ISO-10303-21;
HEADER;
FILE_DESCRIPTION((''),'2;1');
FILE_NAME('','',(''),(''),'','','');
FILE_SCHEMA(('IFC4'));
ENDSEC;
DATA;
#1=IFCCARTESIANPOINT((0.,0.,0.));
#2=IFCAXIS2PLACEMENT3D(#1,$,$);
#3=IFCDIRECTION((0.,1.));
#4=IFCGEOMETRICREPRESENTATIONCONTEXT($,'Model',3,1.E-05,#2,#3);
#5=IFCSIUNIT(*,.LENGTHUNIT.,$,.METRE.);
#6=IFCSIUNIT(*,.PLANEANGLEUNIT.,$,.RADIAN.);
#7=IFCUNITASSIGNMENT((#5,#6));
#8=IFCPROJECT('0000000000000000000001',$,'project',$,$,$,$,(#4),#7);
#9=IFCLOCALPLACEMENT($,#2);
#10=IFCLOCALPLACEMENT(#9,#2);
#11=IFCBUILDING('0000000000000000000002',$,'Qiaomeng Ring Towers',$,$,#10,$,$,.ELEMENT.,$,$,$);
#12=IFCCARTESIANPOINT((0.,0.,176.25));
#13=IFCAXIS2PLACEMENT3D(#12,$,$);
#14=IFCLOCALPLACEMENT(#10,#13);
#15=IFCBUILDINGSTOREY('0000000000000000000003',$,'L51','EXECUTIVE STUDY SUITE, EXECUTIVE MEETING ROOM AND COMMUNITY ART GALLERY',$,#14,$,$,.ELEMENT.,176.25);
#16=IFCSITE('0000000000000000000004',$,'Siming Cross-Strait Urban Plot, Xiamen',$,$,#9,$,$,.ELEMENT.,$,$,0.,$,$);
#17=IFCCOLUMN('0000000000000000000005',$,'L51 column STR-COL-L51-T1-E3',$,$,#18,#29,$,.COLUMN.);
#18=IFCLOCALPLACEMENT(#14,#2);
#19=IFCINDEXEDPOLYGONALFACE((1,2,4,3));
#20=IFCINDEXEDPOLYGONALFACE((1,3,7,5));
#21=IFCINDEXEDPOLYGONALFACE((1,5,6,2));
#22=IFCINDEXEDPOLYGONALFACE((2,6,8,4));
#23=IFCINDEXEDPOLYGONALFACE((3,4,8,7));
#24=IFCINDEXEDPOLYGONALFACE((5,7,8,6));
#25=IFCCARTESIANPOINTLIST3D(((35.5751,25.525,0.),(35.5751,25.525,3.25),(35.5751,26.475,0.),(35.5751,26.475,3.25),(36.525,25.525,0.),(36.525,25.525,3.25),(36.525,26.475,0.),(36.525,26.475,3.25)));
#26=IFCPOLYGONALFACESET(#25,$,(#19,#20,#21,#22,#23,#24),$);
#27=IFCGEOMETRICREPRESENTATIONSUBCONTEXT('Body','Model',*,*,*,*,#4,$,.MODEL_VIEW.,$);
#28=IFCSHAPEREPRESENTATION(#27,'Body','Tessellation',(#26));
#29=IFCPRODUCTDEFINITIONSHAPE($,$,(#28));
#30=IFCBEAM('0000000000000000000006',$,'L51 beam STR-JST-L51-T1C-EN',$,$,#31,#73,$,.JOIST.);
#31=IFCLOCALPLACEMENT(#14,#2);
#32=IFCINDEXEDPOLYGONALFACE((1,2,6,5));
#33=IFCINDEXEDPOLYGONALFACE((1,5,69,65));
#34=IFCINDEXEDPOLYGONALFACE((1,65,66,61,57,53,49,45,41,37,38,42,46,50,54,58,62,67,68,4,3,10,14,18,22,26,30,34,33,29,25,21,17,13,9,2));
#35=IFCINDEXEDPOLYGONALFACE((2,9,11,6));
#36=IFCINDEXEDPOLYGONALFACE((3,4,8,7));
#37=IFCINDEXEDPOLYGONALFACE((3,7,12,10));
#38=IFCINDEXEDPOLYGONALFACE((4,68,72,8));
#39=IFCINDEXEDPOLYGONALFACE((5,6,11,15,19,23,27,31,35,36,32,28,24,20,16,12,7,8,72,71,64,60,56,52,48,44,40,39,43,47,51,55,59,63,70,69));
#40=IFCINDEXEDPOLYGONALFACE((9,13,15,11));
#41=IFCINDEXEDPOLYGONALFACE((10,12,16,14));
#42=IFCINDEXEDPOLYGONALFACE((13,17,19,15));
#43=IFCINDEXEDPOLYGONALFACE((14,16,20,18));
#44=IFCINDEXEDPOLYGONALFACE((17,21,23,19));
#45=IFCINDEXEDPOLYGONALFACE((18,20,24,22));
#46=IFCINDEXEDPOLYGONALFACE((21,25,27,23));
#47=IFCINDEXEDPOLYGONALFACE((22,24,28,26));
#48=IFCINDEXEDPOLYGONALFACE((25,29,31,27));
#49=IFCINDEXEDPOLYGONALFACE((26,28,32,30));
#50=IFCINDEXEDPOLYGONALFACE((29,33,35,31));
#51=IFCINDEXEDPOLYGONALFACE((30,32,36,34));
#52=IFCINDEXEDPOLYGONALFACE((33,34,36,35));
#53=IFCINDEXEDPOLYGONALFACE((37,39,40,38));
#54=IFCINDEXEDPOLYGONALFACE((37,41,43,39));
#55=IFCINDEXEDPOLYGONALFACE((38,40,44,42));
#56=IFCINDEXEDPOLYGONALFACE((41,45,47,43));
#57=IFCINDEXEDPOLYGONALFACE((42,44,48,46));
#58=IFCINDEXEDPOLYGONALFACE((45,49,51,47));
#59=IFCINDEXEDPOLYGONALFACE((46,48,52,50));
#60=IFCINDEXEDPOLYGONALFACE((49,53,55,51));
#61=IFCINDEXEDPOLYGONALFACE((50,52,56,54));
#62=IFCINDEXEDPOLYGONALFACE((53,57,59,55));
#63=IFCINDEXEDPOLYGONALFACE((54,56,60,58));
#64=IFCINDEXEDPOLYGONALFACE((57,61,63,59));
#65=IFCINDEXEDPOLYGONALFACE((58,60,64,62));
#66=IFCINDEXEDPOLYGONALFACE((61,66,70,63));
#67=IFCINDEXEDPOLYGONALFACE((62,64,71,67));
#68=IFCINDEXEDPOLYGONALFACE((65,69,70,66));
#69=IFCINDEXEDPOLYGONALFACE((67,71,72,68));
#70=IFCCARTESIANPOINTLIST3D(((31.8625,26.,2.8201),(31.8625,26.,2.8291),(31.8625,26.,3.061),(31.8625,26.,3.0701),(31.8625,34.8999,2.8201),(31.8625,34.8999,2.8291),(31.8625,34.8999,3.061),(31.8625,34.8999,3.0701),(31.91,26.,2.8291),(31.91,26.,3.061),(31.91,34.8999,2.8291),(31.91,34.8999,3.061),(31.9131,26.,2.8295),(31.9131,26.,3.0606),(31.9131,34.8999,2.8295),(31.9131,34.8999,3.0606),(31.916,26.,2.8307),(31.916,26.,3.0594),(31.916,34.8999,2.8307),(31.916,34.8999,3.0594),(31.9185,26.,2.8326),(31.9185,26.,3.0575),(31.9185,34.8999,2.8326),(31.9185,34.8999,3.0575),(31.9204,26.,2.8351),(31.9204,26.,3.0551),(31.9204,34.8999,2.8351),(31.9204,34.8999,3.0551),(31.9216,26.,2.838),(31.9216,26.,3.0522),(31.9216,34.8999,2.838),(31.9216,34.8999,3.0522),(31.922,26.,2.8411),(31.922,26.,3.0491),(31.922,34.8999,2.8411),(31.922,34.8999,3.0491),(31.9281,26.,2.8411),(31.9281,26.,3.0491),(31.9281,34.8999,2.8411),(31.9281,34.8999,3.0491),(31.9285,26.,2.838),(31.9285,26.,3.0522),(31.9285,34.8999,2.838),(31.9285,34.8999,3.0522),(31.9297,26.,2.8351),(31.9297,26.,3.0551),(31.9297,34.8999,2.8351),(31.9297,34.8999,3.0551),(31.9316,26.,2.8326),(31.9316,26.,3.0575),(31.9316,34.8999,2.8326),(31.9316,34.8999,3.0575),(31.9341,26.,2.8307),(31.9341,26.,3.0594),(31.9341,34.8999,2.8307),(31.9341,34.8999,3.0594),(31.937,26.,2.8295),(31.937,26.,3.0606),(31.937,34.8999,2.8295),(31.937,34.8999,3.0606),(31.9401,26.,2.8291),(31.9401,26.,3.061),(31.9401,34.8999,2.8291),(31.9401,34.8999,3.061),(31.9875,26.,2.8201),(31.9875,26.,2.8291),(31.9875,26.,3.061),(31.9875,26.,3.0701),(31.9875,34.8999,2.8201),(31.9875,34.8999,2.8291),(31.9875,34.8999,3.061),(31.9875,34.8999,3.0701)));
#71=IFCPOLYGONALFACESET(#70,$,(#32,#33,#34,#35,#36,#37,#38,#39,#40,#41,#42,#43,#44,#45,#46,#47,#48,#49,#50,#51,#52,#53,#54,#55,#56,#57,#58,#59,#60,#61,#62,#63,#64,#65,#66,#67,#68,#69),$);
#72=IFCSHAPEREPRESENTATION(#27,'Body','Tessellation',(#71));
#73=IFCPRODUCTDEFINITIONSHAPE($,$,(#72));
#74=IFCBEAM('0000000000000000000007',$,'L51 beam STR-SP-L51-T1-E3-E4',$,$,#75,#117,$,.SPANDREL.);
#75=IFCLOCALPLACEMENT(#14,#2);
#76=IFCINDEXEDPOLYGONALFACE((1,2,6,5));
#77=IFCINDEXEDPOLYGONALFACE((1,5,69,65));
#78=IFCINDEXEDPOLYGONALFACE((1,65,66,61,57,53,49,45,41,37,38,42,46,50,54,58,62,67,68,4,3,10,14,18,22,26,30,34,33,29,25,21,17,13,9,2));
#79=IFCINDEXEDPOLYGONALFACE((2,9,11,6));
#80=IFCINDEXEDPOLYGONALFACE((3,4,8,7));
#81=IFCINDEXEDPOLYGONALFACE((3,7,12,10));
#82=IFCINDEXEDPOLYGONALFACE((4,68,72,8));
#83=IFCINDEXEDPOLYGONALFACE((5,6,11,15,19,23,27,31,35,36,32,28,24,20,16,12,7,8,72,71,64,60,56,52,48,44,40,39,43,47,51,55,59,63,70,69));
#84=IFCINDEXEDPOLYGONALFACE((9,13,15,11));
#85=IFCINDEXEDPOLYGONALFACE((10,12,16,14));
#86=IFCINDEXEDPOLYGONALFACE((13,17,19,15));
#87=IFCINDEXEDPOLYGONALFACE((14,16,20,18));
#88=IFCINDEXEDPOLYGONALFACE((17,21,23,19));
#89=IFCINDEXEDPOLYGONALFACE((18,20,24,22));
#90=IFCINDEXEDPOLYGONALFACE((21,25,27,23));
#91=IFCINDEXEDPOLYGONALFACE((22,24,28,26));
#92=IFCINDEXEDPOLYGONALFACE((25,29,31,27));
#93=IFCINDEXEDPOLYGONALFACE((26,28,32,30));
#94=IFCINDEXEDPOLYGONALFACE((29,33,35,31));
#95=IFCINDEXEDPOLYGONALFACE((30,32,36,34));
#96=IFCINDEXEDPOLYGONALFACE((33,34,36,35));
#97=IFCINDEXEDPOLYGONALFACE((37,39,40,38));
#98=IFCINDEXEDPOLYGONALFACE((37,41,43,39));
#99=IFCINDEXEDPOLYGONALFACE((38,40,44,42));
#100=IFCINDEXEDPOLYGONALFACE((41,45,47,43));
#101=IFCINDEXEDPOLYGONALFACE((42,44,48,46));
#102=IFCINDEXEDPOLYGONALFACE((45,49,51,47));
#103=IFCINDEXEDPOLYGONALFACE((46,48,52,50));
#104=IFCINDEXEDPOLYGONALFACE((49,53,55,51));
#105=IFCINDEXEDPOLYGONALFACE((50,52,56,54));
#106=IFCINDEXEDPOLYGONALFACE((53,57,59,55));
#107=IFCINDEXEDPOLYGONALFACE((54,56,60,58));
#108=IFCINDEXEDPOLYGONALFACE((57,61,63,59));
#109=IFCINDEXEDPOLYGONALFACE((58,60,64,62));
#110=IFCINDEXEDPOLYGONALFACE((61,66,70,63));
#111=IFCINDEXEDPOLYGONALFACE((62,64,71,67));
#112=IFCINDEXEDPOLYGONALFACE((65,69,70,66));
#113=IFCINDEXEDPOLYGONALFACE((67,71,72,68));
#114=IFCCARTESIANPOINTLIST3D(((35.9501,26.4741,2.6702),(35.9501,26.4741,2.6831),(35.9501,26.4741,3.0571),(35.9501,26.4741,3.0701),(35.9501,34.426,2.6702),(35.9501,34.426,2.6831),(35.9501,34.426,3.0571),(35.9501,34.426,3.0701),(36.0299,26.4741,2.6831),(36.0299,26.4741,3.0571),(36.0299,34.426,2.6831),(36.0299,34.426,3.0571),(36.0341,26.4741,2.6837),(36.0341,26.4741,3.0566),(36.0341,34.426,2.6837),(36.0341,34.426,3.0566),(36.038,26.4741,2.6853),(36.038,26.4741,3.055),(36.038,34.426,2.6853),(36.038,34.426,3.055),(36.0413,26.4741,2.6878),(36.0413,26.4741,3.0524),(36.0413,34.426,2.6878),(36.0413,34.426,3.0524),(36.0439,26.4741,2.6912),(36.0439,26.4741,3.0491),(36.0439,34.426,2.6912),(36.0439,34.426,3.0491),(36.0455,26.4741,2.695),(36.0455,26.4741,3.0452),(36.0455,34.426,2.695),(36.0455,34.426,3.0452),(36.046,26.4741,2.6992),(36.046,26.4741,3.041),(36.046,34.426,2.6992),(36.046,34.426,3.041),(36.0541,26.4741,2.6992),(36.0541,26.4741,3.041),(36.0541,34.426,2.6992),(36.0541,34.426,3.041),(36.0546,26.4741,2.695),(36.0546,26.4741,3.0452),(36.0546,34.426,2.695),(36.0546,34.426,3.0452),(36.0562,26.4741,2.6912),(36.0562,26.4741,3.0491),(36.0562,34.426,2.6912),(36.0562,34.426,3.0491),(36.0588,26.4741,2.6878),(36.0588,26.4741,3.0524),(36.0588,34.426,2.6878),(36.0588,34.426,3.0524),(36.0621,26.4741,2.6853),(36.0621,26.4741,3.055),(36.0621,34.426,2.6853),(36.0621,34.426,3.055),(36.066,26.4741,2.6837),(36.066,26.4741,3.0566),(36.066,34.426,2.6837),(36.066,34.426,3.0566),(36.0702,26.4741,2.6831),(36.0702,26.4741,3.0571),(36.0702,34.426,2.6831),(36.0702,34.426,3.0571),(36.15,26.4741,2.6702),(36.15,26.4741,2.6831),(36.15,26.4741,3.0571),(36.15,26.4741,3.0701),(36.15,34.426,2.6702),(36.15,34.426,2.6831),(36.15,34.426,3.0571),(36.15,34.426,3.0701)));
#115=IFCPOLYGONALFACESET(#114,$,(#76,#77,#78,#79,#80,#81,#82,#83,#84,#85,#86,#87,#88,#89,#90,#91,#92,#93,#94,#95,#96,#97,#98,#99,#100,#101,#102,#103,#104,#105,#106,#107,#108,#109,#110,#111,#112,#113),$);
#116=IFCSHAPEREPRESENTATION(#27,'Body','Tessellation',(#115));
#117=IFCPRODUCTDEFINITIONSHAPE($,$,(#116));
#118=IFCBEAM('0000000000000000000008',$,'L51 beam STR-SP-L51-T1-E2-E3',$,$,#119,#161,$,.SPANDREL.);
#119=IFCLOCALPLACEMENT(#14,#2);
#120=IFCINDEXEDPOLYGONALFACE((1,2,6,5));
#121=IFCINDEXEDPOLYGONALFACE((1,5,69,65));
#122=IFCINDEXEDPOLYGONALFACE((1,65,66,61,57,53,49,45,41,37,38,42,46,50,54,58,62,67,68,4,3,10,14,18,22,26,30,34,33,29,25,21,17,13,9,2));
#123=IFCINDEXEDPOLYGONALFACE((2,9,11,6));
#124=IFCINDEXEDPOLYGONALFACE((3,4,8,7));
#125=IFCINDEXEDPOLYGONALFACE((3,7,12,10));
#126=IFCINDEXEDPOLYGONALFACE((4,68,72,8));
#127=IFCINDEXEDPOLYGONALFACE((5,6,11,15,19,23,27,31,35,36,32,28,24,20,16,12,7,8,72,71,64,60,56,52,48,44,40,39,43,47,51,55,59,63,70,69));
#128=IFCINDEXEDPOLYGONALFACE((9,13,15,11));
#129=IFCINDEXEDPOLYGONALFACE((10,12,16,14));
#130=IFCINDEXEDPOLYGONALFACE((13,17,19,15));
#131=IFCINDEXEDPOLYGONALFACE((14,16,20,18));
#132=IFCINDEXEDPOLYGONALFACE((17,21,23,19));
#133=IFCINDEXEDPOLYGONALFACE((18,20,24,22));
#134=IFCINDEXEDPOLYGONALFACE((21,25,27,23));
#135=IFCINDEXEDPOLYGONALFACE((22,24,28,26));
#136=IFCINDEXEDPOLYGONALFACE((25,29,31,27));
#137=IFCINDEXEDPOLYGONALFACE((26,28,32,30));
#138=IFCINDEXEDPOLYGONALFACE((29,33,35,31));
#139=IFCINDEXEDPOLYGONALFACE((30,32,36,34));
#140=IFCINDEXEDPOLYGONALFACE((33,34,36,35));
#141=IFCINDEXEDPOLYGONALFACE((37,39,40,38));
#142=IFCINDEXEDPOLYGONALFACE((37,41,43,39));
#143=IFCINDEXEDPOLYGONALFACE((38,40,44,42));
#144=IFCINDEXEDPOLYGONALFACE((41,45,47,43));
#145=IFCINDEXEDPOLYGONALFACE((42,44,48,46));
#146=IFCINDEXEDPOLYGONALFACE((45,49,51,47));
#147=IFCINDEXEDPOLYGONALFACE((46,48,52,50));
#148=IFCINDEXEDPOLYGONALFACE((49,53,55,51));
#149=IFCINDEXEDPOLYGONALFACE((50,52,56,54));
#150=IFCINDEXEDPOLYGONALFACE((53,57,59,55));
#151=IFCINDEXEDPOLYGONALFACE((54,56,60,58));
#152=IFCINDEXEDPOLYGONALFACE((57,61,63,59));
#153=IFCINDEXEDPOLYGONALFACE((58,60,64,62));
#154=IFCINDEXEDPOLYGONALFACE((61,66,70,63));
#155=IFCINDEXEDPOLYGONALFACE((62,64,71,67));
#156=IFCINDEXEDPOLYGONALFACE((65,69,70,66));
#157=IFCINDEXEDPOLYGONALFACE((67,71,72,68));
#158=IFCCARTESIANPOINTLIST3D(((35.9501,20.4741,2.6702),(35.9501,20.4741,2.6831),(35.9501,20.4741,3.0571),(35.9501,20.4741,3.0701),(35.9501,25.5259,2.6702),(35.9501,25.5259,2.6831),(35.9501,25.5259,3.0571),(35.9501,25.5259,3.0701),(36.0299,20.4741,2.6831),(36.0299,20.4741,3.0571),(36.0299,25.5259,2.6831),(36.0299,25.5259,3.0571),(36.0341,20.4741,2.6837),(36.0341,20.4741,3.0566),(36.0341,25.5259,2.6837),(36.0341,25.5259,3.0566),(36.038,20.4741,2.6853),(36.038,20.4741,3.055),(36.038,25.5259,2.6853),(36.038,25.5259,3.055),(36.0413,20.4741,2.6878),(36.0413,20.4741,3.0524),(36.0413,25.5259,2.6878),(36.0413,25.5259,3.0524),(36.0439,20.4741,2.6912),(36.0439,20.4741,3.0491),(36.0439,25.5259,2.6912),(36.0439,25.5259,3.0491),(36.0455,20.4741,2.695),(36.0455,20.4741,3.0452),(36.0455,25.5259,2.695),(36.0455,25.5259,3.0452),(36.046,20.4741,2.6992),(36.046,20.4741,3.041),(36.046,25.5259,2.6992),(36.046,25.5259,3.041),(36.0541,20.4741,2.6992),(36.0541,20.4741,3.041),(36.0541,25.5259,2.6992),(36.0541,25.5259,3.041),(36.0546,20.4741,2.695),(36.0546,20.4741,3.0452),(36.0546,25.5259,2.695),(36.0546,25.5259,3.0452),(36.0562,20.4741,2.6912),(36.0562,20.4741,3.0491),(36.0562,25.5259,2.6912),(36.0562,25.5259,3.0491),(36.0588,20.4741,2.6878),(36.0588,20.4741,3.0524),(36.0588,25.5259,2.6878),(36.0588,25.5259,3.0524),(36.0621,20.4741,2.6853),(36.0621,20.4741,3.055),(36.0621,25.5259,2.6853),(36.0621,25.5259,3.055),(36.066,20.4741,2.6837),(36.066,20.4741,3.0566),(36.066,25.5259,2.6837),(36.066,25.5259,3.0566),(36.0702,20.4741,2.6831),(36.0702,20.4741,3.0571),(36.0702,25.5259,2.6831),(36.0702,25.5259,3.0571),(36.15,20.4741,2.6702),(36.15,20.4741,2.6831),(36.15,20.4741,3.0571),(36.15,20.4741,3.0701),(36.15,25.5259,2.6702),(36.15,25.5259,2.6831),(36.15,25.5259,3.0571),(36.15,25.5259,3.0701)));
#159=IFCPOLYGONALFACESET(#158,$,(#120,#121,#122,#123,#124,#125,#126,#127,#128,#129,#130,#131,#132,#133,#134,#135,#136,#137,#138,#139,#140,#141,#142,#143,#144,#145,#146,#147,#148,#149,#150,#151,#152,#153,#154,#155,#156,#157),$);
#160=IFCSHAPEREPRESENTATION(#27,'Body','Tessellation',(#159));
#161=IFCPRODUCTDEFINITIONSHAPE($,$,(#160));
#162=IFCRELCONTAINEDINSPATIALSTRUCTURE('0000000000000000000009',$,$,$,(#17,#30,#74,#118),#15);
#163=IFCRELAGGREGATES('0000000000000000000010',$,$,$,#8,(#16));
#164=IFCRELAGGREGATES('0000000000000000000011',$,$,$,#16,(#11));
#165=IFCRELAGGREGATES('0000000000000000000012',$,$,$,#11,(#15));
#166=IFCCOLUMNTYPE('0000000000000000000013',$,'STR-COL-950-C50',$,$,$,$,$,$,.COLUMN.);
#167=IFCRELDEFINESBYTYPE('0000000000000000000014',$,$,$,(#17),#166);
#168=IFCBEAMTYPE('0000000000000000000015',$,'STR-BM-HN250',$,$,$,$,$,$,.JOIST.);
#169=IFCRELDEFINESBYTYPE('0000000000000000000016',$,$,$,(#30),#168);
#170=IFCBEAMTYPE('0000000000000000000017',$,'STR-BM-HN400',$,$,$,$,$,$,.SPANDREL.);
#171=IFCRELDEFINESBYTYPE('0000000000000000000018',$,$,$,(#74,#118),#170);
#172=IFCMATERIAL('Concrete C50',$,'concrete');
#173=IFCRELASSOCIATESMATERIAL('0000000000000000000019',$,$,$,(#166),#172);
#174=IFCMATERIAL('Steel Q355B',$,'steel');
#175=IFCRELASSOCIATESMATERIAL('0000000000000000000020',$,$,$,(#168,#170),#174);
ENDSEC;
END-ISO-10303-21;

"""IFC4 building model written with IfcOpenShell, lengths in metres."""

from ifc_helpers import new_model, si_unit, direction, frame, origin, origin_2d, place, context, subcontext, project, spatial, rectangle, i_section, extrude, source, transform, mapped, material, material_profile, profile_set, type_object, element, save


model = new_model("IFC4")

# Units and contexts
model_context = context("Model", 3, precision=1e-05, world=origin(), true_north=direction((0.0, 1.0)))
body_context = subcontext(model_context, "Body", "Model", "MODEL_VIEW")
ifc_project = project(units=[si_unit("LENGTHUNIT", "METRE"), si_unit("PLANEANGLEUNIT", "RADIAN")], contexts=[model_context])

# Site, building, storey
site_placement = place(None, origin())
site = spatial("IfcSite", under=ifc_project, at=site_placement, Name="Siming Cross-Strait Urban Plot, Xiamen", CompositionType="ELEMENT", RefElevation=0.0)
building_placement = place(site_placement, origin())
building = spatial("IfcBuilding", under=site, at=building_placement, Name="Qiaomeng Ring Towers", CompositionType="ELEMENT")
storey_placement = place(building_placement, frame((0.0, 0.0, 176.25)))
storey = spatial("IfcBuildingStorey", under=building, at=storey_placement, Name="L51", Description="EXECUTIVE STUDY SUITE, EXECUTIVE MEETING ROOM AND COMMUNITY ART GALLERY", CompositionType="ELEMENT", Elevation=176.25)

# Column
ifc_material_1 = material(Name="Concrete C50", Category="concrete")
ifc_material_profile_1 = material_profile(ifc_material_1, rectangle(XDim=0.95, YDim=0.95, at=origin_2d()), Name="RC COL 950x950")
ifc_profile_set_1 = profile_set([ifc_material_profile_1], Name="Concrete C50")
column_type = type_object("IfcColumnType", Name="STR-COL-950-C50", PredefinedType="COLUMN", material=ifc_profile_set_1)
shared_shape_1 = source(origin(), body_context, "Body", "SweptSolid", [
    extrude(rectangle(XDim=0.95, YDim=0.95, at=origin_2d()), origin(), (0.0, 0.0, 1.0), 3.25),
])
column_placement = place(storey_placement, frame((36.05, 26.0, 0.0), z_axis=(0.0, 0.0, 1.0), x_axis=(1.0, 0.0, 0.0)))
element("IfcColumn", 1, at=column_placement, inside=storey, type_object=column_type, Name="L51 column STR-COL-L51-T1-E3", PredefinedType="COLUMN", context=body_context, shape_type="MappedRepresentation", body=[
    mapped(shared_shape_1, transform((0.0, 0.0, 0.0), x_axis=(1.0, 0.0, 0.0), y_axis=(0.0, 1.0, 0.0), z_axis=(0.0, 0.0, 1.0), scale=1.0)),
])

# Beams
ifc_material_2 = material(Name="Steel Q355B", Category="steel")
ifc_material_profile_2 = material_profile(ifc_material_2, i_section(OverallWidth=0.125, OverallDepth=0.25, WebThickness=0.0061, FlangeThickness=0.009, FilletRadius=0.012, at=origin_2d()), Name="HN 250x125x6x9")
ifc_profile_set_2 = profile_set([ifc_material_profile_2], Name="Steel Q355B")
beam_type_1 = type_object("IfcBeamType", Name="STR-BM-HN250", PredefinedType="JOIST", material=ifc_profile_set_2)
shared_shape_2 = source(origin(), body_context, "Body", "SweptSolid", [
    extrude(i_section(OverallWidth=0.125, OverallDepth=0.25, WebThickness=0.0061, FlangeThickness=0.009, FilletRadius=0.012, at=origin_2d()), origin(), (0.0, 0.0, 1.0), 8.8999),
])
beam_1_placement = place(storey_placement, frame((31.925, 26.0, 2.9451), z_axis=(0.0, 1.0, 0.0), x_axis=(-1.0, 0.0, 0.0)))
element("IfcBeam", 2, at=beam_1_placement, inside=storey, type_object=beam_type_1, Name="L51 beam STR-JST-L51-T1C-EN", PredefinedType="JOIST", context=body_context, shape_type="MappedRepresentation", body=[
    mapped(shared_shape_2, transform((0.0, 0.0, 0.0), x_axis=(1.0, 0.0, 0.0), y_axis=(0.0, 1.0, 0.0), z_axis=(0.0, 0.0, 1.0), scale=1.0)),
])
ifc_material_profile_3 = material_profile(ifc_material_2, i_section(OverallWidth=0.2, OverallDepth=0.3999, WebThickness=0.0081, FlangeThickness=0.0129, FilletRadius=0.0161, at=origin_2d()), Name="HN 400x200x8x13")
ifc_profile_set_3 = profile_set([ifc_material_profile_3], Name="Steel Q355B")
beam_type_2 = type_object("IfcBeamType", Name="STR-BM-HN400", PredefinedType="SPANDREL", material=ifc_profile_set_3)
shared_shape_3 = source(origin(), body_context, "Body", "SweptSolid", [
    extrude(i_section(OverallWidth=0.2, OverallDepth=0.3999, WebThickness=0.0081, FlangeThickness=0.0129, FilletRadius=0.0161, at=origin_2d()), origin(), (0.0, 0.0, 1.0), 7.9519),
])
beam_2_placement = place(storey_placement, frame((36.05, 26.4741, 2.8701), z_axis=(0.0, 1.0, 0.0), x_axis=(-1.0, 0.0, 0.0)))
element("IfcBeam", 3, at=beam_2_placement, inside=storey, type_object=beam_type_2, Name="L51 beam STR-SP-L51-T1-E3-E4", PredefinedType="SPANDREL", context=body_context, shape_type="MappedRepresentation", body=[
    mapped(shared_shape_3, transform((0.0, 0.0, 0.0), x_axis=(1.0, 0.0, 0.0), y_axis=(0.0, 1.0, 0.0), z_axis=(0.0, 0.0, 1.0), scale=1.0)),
])
shared_shape_4 = source(origin(), body_context, "Body", "SweptSolid", [
    extrude(i_section(OverallWidth=0.2, OverallDepth=0.3999, WebThickness=0.0081, FlangeThickness=0.0129, FilletRadius=0.0161, at=origin_2d()), origin(), (0.0, 0.0, 1.0), 5.0518),
])
beam_3_placement = place(storey_placement, frame((36.05, 20.4741, 2.8701), z_axis=(0.0, 1.0, 0.0), x_axis=(-1.0, 0.0, 0.0)))
element("IfcBeam", 4, at=beam_3_placement, inside=storey, type_object=beam_type_2, Name="L51 beam STR-SP-L51-T1-E2-E3", PredefinedType="SPANDREL", context=body_context, shape_type="MappedRepresentation", body=[
    mapped(shared_shape_4, transform((0.0, 0.0, 0.0), x_axis=(1.0, 0.0, 0.0), y_axis=(0.0, 1.0, 0.0), z_axis=(0.0, 0.0, 1.0), scale=1.0)),
])

save(model, "model.ifc")
